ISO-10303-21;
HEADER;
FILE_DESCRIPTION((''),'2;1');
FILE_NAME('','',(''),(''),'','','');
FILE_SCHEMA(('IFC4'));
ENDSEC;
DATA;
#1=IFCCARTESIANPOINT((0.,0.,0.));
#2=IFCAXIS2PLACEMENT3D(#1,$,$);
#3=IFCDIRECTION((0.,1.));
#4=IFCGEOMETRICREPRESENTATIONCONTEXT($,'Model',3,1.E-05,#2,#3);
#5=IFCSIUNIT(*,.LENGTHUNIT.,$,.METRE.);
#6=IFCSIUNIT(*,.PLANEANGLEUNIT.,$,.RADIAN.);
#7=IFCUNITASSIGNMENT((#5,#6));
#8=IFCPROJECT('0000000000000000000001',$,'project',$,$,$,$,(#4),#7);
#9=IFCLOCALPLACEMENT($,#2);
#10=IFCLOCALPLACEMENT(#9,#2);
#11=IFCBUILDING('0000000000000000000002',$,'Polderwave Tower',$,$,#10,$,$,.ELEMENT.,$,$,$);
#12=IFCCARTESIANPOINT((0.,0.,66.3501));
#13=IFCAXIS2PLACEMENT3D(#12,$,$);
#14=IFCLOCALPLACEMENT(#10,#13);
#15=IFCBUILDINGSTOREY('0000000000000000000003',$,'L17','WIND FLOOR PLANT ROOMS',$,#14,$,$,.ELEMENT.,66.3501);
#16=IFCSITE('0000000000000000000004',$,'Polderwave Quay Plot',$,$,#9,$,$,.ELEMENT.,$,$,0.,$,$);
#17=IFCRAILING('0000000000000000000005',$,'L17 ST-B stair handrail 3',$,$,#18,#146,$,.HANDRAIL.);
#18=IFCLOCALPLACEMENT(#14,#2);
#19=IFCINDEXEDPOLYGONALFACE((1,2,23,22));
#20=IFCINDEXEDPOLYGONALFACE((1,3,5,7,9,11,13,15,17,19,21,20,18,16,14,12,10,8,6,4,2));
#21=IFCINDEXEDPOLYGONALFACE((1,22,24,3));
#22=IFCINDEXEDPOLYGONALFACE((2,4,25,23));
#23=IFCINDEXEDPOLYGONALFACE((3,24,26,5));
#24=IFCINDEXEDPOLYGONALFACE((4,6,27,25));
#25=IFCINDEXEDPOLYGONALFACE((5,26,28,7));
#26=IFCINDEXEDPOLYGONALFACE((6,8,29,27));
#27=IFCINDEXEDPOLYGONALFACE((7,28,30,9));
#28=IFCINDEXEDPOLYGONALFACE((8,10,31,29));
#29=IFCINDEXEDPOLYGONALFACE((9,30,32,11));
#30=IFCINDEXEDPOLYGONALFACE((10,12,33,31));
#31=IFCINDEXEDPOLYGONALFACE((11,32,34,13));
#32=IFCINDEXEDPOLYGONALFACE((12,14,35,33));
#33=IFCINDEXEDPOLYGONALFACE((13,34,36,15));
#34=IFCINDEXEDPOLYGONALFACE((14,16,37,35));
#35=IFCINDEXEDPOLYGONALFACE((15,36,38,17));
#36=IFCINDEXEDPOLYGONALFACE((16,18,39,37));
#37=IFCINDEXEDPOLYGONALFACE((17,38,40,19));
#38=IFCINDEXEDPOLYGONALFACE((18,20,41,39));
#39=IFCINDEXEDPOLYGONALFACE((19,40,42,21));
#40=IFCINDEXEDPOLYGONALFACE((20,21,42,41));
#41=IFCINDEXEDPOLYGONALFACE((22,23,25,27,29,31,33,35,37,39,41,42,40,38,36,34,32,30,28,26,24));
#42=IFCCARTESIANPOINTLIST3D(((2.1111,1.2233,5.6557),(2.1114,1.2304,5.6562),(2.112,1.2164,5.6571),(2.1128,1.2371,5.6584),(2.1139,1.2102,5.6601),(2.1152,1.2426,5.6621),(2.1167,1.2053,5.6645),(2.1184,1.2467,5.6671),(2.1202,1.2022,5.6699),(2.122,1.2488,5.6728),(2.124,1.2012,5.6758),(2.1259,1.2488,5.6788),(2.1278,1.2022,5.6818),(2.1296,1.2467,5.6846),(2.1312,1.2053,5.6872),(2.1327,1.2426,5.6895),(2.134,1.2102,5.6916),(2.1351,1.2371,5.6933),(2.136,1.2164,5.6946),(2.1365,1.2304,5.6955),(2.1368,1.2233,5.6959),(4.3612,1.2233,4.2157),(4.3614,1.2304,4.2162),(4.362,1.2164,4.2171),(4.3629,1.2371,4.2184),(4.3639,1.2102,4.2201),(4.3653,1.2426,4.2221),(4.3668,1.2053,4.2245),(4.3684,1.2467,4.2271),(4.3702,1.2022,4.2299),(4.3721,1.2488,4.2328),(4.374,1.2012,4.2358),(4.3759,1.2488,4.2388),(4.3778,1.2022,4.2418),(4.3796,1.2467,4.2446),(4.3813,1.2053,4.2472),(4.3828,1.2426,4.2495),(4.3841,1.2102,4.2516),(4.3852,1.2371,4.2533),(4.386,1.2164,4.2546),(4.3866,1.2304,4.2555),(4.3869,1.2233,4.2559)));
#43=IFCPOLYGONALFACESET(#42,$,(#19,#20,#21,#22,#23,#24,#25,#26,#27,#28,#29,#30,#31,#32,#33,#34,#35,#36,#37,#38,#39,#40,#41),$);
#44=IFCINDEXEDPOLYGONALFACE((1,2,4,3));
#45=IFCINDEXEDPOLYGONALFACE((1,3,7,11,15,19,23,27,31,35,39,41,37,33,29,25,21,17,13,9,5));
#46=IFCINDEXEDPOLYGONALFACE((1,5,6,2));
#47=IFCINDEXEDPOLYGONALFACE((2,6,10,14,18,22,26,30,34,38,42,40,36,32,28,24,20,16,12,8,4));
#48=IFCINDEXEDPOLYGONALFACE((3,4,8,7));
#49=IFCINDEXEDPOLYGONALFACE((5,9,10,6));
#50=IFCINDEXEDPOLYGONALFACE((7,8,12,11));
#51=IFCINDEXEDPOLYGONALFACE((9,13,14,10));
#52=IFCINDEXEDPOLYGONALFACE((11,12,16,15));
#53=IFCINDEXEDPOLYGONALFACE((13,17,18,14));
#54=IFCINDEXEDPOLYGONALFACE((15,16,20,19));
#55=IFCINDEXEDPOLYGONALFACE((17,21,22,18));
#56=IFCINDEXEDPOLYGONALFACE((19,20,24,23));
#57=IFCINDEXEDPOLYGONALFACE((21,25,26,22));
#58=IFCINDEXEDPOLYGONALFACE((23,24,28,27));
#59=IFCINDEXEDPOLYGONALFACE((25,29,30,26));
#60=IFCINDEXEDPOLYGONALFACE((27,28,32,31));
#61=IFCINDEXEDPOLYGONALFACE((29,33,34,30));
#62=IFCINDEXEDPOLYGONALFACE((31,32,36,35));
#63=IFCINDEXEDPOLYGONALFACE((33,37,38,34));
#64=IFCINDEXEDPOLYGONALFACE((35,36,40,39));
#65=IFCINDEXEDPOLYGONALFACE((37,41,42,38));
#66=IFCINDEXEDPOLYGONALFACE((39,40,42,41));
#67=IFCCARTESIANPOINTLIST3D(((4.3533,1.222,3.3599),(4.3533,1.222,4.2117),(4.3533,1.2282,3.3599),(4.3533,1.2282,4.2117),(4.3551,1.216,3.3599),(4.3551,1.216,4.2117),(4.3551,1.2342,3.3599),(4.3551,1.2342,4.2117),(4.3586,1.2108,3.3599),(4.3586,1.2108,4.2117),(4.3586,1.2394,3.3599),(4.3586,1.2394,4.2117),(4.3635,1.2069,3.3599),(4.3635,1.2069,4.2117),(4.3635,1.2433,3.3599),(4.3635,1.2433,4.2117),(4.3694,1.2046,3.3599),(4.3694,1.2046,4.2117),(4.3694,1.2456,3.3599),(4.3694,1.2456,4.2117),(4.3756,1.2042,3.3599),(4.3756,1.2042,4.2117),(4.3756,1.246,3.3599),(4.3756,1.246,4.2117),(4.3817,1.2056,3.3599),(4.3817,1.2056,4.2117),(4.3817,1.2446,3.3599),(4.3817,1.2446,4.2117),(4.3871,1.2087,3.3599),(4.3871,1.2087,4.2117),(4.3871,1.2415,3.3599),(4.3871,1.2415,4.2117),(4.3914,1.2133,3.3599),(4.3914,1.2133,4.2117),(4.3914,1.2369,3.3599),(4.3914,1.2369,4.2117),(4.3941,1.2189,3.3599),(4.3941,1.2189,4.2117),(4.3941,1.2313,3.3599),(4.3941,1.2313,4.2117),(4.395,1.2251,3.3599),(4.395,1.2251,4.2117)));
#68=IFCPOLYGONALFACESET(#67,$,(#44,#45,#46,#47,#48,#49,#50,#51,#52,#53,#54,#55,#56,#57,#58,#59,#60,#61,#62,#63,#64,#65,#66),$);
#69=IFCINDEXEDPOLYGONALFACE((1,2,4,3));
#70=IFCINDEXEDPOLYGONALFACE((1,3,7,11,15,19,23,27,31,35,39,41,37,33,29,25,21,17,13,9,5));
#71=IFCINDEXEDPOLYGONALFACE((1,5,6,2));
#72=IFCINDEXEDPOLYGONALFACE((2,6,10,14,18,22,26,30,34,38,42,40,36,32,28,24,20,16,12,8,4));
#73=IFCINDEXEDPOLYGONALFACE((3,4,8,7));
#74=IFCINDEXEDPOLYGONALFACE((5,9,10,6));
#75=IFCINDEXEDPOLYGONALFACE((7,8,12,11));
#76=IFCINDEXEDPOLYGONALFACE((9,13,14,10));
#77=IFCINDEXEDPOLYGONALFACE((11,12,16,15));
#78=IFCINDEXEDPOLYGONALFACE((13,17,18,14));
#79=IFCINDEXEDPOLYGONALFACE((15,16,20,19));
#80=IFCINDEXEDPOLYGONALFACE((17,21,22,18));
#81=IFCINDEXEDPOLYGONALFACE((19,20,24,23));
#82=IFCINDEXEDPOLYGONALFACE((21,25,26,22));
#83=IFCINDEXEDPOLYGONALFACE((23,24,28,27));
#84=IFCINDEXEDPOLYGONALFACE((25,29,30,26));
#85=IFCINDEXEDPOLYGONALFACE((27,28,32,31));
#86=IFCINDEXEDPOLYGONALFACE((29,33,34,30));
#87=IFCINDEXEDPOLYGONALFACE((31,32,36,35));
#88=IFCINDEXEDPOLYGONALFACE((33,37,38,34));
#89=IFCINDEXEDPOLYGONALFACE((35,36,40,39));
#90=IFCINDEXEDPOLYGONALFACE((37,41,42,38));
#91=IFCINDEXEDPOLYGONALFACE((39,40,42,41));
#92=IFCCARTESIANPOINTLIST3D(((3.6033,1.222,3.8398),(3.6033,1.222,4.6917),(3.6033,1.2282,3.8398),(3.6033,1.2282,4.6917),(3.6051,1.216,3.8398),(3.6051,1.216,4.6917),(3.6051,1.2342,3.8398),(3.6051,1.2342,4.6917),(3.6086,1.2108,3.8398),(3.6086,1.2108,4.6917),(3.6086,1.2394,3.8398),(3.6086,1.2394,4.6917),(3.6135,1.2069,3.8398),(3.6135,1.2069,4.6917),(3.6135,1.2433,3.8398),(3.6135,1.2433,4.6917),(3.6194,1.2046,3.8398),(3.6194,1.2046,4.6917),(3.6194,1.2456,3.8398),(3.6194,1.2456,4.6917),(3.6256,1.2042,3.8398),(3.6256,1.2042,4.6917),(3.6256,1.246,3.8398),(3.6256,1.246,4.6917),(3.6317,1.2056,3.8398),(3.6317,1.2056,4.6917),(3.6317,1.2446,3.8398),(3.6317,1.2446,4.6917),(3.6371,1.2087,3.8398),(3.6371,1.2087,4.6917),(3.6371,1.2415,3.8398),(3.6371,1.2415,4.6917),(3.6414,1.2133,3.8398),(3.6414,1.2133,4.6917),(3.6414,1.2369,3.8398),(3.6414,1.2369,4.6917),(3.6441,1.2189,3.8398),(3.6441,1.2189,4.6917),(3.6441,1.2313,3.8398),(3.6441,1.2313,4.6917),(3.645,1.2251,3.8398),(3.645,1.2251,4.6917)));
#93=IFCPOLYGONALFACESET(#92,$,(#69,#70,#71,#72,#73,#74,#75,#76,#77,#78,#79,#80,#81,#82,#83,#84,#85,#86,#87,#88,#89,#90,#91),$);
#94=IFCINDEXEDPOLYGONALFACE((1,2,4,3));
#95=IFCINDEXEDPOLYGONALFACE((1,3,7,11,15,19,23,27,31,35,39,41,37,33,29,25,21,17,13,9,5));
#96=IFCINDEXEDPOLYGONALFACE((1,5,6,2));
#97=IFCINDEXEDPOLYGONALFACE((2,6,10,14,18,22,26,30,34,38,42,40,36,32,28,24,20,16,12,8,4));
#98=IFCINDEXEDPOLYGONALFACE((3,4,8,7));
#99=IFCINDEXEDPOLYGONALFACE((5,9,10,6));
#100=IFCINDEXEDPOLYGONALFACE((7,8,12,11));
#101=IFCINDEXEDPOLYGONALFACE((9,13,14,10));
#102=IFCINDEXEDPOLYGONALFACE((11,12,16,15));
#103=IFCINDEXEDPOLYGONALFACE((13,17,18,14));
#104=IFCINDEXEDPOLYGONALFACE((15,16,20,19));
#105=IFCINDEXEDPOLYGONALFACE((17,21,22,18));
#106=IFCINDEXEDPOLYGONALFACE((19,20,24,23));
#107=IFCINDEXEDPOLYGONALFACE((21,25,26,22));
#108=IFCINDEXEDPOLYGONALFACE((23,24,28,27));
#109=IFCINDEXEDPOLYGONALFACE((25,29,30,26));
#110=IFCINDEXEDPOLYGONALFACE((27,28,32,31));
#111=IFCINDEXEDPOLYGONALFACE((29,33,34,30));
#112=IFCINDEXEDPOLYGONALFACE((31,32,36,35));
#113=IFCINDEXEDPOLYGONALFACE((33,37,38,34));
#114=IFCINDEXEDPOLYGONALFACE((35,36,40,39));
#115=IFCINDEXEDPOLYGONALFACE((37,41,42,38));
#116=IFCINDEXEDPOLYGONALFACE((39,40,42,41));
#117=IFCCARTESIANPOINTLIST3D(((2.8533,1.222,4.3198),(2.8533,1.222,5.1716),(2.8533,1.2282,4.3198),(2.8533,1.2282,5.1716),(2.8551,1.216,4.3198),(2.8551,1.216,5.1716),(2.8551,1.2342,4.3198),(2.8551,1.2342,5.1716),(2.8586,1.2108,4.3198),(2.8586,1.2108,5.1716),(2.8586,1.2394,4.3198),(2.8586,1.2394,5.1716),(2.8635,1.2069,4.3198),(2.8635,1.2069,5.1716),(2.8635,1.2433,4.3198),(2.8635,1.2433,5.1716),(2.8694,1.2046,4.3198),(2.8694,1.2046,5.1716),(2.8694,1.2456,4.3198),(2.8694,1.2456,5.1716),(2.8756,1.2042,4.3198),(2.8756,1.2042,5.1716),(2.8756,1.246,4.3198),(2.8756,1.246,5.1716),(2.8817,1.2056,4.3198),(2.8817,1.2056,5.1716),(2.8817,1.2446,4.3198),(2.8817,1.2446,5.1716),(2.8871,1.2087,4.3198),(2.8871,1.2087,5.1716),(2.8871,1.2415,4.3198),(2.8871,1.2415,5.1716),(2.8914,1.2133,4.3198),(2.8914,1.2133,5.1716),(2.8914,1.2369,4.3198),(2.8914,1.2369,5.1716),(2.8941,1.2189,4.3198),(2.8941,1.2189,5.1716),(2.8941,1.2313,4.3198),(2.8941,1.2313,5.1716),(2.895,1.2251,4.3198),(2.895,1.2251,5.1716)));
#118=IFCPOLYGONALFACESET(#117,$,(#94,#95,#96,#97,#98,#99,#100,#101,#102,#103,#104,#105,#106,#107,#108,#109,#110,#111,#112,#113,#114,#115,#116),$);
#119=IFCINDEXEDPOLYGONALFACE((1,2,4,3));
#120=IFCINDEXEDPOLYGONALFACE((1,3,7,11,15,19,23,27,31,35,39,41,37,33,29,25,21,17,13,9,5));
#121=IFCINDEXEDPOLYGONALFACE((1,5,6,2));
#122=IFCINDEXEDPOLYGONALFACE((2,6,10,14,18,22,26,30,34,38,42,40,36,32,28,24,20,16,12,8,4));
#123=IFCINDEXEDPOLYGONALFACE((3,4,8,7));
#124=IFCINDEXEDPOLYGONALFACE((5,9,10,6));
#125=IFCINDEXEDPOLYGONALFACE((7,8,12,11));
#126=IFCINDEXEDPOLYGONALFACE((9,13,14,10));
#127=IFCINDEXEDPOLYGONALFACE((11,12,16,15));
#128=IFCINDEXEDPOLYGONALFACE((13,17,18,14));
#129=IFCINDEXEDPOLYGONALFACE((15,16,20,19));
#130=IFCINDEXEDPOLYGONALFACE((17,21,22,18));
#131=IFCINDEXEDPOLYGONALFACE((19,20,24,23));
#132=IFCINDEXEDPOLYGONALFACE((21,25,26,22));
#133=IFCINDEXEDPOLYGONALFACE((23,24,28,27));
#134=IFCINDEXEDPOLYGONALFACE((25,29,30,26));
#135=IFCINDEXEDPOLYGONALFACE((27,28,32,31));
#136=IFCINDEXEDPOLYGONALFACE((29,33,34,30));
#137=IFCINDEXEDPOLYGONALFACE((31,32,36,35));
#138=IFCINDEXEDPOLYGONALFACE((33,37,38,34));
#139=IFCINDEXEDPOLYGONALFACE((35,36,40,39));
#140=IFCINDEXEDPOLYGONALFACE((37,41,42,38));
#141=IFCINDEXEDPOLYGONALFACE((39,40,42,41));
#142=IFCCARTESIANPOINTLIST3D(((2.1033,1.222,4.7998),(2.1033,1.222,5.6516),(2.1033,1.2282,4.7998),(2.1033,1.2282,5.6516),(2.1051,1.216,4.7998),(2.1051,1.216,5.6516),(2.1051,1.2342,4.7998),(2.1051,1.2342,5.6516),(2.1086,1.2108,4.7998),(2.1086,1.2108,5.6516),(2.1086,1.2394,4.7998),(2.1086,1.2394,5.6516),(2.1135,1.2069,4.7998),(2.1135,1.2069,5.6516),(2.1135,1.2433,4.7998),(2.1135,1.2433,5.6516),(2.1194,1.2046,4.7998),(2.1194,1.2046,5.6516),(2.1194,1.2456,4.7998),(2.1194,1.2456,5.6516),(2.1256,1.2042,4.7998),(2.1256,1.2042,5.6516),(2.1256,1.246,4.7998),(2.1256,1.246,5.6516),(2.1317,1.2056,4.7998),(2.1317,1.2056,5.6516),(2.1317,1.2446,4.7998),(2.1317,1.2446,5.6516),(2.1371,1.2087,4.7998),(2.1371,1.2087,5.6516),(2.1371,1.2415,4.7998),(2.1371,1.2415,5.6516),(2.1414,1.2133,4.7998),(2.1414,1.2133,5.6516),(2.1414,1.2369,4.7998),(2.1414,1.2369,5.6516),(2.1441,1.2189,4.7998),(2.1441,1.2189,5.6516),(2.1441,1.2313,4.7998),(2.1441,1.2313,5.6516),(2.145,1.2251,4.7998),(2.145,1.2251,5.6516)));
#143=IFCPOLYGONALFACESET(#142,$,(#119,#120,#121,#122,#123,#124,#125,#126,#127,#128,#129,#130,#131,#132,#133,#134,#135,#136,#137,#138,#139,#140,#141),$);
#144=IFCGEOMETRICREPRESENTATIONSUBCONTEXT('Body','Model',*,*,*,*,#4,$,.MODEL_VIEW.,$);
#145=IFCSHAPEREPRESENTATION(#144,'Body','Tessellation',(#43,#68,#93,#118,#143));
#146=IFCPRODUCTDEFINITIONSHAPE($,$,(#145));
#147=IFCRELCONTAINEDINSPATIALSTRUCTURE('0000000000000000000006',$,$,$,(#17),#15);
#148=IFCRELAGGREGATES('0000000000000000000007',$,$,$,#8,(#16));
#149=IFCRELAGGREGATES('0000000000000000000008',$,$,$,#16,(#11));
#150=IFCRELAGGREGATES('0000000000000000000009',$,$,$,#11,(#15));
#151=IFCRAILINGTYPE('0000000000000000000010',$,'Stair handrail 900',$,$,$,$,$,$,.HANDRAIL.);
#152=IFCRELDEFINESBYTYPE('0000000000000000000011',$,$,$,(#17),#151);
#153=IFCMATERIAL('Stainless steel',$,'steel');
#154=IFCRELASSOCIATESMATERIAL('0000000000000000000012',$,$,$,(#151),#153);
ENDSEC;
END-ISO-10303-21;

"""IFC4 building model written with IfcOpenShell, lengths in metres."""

from ifc_helpers import new_model, si_unit, direction, frame, origin, origin_2d, place, context, subcontext, project, spatial, circle, extrude, material, type_object, element, save


model = new_model("IFC4")

# Units and contexts
model_context = context("Model", 3, precision=1e-05, world=origin(), true_north=direction((0.0, 1.0)))
body_context = subcontext(model_context, "Body", "Model", "MODEL_VIEW")
ifc_project = project(units=[si_unit("LENGTHUNIT", "METRE"), si_unit("PLANEANGLEUNIT", "RADIAN")], contexts=[model_context])

# Site, building, storey
site_placement = place(None, origin())
site = spatial("IfcSite", under=ifc_project, at=site_placement, Name="Polderwave Quay Plot", CompositionType="ELEMENT", RefElevation=0.0)
building_placement = place(site_placement, origin())
building = spatial("IfcBuilding", under=site, at=building_placement, Name="Polderwave Tower", CompositionType="ELEMENT")
storey_placement = place(building_placement, frame((0.0, 0.0, 66.3501)))
storey = spatial("IfcBuildingStorey", under=building, at=storey_placement, Name="L17", Description="WIND FLOOR PLANT ROOMS", CompositionType="ELEMENT", Elevation=66.3501)

# Railing
ifc_material_1 = material(Name="Stainless steel", Category="steel")
railing_type_1 = type_object("IfcRailingType", Name="Stair handrail 900", PredefinedType="HANDRAIL", material=ifc_material_1)
railing_placement = place(storey_placement, frame((4.374, 1.2251, 3.3599)))
element("IfcRailing", 1, at=railing_placement, inside=storey, type_object=railing_type_1, Name="L17 ST-B stair handrail 3", PredefinedType="HANDRAIL", context=body_context, shape_type="SweptSolid", body=[
    extrude(circle(Radius=0.0239, at=origin_2d()), frame((0.0, 0.0, 0.876), z_axis=(-0.842281, 0.0, 0.539038), x_axis=(0.0, -1.0, 0.0)), (0.0, 0.0, 1.0), 2.6714),
    extrude(circle(Radius=0.021, at=origin_2d()), origin(), (0.0, 0.0, 1.0), 0.8518),
    extrude(circle(Radius=0.021, at=origin_2d()), frame((-0.75, 0.0, 0.48)), (0.0, 0.0, 1.0), 0.8518),
    extrude(circle(Radius=0.021, at=origin_2d()), frame((-1.5, 0.0, 0.96)), (0.0, 0.0, 1.0), 0.8518),
    extrude(circle(Radius=0.021, at=origin_2d()), frame((-2.25, 0.0, 1.4399)), (0.0, 0.0, 1.0), 0.8518),
])

save(model, "model.ifc")
